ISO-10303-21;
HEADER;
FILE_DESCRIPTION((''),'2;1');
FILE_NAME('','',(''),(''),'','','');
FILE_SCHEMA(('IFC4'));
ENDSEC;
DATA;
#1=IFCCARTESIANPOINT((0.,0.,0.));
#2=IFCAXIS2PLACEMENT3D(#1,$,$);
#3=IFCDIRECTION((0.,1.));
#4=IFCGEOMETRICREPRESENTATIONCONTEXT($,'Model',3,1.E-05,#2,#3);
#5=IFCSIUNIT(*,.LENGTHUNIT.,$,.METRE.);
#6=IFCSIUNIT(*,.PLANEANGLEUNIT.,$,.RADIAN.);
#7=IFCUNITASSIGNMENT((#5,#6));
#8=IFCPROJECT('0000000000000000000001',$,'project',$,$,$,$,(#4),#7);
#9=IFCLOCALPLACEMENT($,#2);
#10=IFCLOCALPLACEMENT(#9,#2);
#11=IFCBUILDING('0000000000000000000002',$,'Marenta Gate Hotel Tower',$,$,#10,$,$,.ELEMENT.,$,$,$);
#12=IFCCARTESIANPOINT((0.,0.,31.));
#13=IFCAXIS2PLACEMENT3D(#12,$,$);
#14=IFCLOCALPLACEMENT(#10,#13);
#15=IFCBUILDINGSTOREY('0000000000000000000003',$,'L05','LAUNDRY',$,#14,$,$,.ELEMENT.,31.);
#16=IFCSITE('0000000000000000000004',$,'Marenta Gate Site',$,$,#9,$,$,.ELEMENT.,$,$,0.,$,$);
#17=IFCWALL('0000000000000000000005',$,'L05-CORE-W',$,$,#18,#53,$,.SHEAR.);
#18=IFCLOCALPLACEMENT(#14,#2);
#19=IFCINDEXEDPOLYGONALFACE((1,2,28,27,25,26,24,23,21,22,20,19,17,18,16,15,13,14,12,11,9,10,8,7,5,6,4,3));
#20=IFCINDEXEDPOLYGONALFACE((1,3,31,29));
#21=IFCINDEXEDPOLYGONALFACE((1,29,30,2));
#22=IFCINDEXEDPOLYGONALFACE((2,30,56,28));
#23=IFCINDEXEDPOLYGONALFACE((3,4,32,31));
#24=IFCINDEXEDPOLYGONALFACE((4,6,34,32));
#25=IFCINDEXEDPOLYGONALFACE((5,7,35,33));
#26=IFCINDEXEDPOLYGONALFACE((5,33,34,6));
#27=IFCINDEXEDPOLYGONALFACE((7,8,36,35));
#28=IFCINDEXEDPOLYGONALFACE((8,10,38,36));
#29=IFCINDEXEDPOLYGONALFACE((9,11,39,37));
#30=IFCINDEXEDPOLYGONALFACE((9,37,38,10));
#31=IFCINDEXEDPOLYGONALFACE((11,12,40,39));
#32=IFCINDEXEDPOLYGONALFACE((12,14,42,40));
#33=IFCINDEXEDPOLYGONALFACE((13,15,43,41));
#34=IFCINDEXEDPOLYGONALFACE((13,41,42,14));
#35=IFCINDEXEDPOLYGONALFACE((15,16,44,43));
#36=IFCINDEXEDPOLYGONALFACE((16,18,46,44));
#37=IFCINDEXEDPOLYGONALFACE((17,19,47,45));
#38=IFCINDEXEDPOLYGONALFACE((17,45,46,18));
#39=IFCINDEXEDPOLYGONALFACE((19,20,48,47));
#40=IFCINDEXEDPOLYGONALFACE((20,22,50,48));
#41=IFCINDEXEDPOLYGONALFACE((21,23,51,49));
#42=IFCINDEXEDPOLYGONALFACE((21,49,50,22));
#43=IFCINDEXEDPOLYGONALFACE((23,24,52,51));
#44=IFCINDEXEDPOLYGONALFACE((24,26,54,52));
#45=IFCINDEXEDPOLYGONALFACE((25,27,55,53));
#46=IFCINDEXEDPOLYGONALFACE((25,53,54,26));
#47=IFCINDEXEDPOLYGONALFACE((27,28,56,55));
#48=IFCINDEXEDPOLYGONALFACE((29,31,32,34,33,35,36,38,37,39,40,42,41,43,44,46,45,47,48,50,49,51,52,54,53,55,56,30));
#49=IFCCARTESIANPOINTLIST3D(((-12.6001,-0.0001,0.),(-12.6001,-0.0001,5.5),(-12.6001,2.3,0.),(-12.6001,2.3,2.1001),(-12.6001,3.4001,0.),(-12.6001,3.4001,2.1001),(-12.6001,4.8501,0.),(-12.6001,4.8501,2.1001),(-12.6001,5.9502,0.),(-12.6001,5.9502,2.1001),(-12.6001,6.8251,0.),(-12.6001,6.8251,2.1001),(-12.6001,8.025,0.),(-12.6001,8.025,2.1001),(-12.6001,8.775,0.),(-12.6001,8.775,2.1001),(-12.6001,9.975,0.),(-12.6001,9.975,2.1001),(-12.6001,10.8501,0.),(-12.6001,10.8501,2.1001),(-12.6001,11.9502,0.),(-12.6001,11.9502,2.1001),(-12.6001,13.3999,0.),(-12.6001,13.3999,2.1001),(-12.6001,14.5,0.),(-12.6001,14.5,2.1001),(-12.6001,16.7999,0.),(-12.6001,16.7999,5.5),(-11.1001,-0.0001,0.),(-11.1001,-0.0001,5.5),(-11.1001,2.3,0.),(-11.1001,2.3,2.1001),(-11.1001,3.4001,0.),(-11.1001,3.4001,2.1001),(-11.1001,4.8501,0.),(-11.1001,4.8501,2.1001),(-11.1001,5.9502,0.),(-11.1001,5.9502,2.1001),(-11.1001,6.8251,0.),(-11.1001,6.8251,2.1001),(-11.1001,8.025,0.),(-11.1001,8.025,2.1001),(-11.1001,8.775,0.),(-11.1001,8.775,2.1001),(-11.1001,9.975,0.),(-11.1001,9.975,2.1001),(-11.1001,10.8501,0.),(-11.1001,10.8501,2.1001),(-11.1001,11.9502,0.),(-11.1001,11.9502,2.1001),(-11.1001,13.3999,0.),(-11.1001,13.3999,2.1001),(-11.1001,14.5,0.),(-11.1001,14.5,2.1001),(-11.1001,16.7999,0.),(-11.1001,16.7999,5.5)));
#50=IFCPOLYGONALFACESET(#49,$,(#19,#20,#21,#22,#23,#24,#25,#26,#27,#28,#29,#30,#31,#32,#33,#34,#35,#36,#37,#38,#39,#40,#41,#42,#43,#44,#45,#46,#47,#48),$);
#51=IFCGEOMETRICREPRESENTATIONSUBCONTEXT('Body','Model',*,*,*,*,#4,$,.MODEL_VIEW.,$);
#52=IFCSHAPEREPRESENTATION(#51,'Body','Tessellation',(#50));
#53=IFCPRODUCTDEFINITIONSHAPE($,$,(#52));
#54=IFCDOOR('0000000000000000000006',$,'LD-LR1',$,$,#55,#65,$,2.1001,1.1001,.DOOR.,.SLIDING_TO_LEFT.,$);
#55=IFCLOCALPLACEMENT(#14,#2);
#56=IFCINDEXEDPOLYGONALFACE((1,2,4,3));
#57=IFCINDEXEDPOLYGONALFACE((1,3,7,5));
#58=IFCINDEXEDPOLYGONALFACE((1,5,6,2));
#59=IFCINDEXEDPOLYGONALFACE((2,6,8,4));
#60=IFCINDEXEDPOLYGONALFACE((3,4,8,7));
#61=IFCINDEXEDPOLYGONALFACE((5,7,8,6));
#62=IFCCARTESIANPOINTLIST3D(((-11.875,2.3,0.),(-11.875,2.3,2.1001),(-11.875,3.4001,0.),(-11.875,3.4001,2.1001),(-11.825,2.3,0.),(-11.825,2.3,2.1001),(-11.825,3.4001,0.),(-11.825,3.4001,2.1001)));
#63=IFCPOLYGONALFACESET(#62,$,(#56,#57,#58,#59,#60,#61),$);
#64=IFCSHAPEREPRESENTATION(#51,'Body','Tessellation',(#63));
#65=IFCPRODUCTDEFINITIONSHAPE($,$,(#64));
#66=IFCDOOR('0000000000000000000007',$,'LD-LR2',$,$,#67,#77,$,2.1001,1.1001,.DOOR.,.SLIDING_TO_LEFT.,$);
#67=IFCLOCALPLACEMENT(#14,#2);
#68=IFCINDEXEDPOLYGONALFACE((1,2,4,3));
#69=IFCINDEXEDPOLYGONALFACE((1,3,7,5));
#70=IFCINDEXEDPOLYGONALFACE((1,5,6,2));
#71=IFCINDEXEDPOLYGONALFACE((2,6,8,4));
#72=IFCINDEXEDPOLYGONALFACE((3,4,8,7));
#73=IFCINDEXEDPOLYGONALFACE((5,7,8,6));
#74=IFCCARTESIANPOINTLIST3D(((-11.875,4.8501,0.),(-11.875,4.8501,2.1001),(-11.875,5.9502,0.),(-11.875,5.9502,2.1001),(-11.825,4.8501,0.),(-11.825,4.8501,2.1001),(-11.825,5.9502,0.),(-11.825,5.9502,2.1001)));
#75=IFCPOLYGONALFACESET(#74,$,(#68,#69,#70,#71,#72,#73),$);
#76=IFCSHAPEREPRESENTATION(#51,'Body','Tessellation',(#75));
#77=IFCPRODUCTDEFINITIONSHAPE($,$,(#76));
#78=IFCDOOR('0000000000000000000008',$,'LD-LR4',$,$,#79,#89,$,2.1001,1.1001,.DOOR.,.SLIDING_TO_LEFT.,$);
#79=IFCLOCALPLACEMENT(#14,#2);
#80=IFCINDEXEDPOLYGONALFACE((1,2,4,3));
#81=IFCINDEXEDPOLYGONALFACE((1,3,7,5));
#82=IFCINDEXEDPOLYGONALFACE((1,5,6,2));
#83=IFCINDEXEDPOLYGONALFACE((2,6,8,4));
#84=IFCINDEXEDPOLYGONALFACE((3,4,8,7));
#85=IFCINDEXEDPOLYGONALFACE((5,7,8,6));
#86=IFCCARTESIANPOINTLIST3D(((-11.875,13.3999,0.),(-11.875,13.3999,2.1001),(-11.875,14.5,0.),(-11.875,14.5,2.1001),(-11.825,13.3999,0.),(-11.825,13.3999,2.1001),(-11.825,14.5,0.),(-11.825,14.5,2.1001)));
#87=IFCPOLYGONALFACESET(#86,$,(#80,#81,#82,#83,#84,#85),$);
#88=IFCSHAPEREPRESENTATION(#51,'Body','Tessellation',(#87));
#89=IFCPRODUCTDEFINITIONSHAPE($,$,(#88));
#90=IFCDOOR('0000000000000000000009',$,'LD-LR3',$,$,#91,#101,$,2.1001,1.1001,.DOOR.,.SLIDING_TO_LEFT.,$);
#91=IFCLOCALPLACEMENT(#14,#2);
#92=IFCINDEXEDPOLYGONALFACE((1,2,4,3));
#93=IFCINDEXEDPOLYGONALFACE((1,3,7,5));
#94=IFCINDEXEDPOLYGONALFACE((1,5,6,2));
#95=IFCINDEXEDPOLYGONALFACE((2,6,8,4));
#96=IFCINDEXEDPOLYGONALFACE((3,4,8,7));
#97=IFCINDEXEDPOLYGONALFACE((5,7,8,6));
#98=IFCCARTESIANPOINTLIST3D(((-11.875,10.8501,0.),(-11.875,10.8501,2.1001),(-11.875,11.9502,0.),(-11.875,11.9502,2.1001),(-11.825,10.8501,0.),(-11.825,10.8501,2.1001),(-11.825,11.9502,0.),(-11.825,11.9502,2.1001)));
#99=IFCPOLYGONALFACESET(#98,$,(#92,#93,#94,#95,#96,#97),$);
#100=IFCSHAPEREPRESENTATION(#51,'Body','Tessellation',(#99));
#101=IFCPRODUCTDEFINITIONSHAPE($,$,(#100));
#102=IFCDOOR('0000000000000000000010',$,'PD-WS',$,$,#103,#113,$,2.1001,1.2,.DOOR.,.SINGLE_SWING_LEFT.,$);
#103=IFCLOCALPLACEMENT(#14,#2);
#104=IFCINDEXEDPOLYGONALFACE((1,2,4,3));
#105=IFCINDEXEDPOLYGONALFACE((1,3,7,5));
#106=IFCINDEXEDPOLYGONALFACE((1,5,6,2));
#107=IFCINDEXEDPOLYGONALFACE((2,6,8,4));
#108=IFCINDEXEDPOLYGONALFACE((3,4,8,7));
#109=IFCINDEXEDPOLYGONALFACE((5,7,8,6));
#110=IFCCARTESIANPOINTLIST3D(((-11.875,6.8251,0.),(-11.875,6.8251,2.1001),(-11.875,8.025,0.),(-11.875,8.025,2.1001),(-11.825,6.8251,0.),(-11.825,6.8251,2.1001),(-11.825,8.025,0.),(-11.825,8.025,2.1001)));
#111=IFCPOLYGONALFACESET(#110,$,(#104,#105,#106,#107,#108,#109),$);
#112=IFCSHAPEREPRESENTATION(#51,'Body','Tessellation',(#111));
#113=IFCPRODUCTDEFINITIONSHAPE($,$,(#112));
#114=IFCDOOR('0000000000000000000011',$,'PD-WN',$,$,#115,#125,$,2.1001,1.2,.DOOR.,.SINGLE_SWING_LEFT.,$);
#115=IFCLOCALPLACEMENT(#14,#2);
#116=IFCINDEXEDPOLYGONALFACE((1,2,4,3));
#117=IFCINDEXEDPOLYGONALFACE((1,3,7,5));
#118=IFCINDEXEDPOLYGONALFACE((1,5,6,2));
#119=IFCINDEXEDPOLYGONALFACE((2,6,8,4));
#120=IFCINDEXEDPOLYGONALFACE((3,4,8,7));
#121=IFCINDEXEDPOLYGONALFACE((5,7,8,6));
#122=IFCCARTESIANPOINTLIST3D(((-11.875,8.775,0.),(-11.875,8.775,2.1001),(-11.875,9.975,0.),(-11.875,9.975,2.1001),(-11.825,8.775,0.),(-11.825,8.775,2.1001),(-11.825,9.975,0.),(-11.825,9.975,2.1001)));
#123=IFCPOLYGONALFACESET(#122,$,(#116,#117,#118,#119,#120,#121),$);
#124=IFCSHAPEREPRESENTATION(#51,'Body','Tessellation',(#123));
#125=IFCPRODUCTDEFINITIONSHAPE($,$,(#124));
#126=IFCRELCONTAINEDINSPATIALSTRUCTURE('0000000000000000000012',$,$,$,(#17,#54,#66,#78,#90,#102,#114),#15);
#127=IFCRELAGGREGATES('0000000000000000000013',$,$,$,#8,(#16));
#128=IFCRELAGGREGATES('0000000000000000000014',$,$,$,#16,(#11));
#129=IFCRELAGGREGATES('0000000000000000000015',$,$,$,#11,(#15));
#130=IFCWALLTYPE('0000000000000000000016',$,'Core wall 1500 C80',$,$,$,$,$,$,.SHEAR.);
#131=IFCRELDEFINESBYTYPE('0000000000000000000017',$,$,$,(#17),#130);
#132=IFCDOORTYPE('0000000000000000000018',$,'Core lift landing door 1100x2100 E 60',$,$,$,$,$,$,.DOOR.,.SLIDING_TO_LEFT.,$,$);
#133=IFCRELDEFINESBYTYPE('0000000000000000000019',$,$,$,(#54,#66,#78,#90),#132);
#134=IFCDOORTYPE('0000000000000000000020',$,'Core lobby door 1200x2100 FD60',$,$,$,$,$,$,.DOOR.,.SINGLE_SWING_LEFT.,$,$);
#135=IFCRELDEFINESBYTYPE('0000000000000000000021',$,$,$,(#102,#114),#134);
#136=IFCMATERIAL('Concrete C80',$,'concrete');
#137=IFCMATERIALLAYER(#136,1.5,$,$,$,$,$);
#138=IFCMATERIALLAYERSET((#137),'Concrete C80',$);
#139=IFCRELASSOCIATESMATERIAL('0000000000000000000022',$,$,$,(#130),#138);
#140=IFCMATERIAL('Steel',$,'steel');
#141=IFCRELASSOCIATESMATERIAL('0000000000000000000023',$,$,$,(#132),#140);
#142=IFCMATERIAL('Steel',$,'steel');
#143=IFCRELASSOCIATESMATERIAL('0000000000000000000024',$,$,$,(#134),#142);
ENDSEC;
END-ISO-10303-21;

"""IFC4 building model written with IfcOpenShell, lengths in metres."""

from ifc_helpers import new_model, si_unit, direction, frame, frame_2d, origin, place, context, subcontext, project, spatial, rectangle, extrude, material, layer, layer_set, type_object, element, fill, save


model = new_model("IFC4")

# Units and contexts
model_context = context("Model", 3, precision=1e-05, world=origin(), true_north=direction((0.0, 1.0)))
body_context = subcontext(model_context, "Body", "Model", "MODEL_VIEW")
ifc_project = project(units=[si_unit("LENGTHUNIT", "METRE"), si_unit("PLANEANGLEUNIT", "RADIAN")], contexts=[model_context])

# Site, building, storey
site_placement = place(None, origin())
site = spatial("IfcSite", under=ifc_project, at=site_placement, Name="Marenta Gate Site", CompositionType="ELEMENT", RefElevation=0.0)
building_placement = place(site_placement, origin())
building = spatial("IfcBuilding", under=site, at=building_placement, Name="Marenta Gate Hotel Tower", CompositionType="ELEMENT")
storey_placement = place(building_placement, frame((0.0, 0.0, 31.0)))
storey = spatial("IfcBuildingStorey", under=building, at=storey_placement, Name="L05", Description="LAUNDRY", CompositionType="ELEMENT", Elevation=31.0)

# Wall, openings, doors
ifc_material_1 = material(Name="Concrete C80", Category="concrete")
ifc_layer_1 = layer(ifc_material_1, 1.5)
ifc_layer_set_1 = layer_set([ifc_layer_1], Name="Concrete C80")
wall_type_1 = type_object("IfcWallType", Name="Core wall 1500 C80", PredefinedType="SHEAR", material=ifc_layer_set_1)
wall_1_placement = place(storey_placement, frame((-11.8501, 0.0, 0.0), z_axis=(0.0, 0.0, 1.0), x_axis=(0.0, 1.0, 0.0)))
wall_1 = element("IfcWall", 1, at=wall_1_placement, inside=storey, type_object=wall_type_1, Name="L05-CORE-W", PredefinedType="SHEAR", context=body_context, shape_type="SweptSolid", body=[
    extrude(rectangle(XDim=16.8, YDim=1.5, at=frame_2d((8.3999, 0.0))), origin(), (0.0, 0.0, 1.0), 5.5),
])
opening_1_placement = place(wall_1_placement, frame((2.3, 0.0, 0.0)))
opening_1 = element("IfcOpeningElement", 2, at=opening_1_placement, cuts=wall_1, PredefinedType="OPENING", context=body_context, shape_type="SweptSolid", body=[
    extrude(rectangle(XDim=1.1001, YDim=2.1001, at=frame_2d((0.55, 1.05))), frame((0.0, 0.75, 0.0), z_axis=(0.0, -1.0, 0.0), x_axis=(1.0, 0.0, 0.0)), (0.0, 0.0, 1.0), 1.5),
])
opening_2_placement = place(wall_1_placement, frame((4.8501, 0.0, 0.0)))
opening_2 = element("IfcOpeningElement", 3, at=opening_2_placement, cuts=wall_1, PredefinedType="OPENING", context=body_context, shape_type="SweptSolid", body=[
    extrude(rectangle(XDim=1.1001, YDim=2.1001, at=frame_2d((0.55, 1.05))), frame((0.0, 0.75, 0.0), z_axis=(0.0, -1.0, 0.0), x_axis=(1.0, 0.0, 0.0)), (0.0, 0.0, 1.0), 1.5),
])
opening_3_placement = place(wall_1_placement, frame((6.825, 0.0, 0.0)))
opening_3 = element("IfcOpeningElement", 4, at=opening_3_placement, cuts=wall_1, PredefinedType="OPENING", context=body_context, shape_type="SweptSolid", body=[
    extrude(rectangle(XDim=1.2, YDim=2.1001, at=frame_2d((0.6001, 1.05))), frame((0.0, 0.75, 0.0), z_axis=(0.0, -1.0, 0.0), x_axis=(1.0, 0.0, 0.0)), (0.0, 0.0, 1.0), 1.5),
])
opening_4_placement = place(wall_1_placement, frame((13.3999, 0.0, 0.0)))
opening_4 = element("IfcOpeningElement", 5, at=opening_4_placement, cuts=wall_1, PredefinedType="OPENING", context=body_context, shape_type="SweptSolid", body=[
    extrude(rectangle(XDim=1.1001, YDim=2.1001, at=frame_2d((0.55, 1.05))), frame((0.0, 0.75, 0.0), z_axis=(0.0, -1.0, 0.0), x_axis=(1.0, 0.0, 0.0)), (0.0, 0.0, 1.0), 1.5),
])
opening_5_placement = place(wall_1_placement, frame((10.8501, 0.0, 0.0)))
opening_5 = element("IfcOpeningElement", 6, at=opening_5_placement, cuts=wall_1, PredefinedType="OPENING", context=body_context, shape_type="SweptSolid", body=[
    extrude(rectangle(XDim=1.1001, YDim=2.1001, at=frame_2d((0.55, 1.05))), frame((0.0, 0.75, 0.0), z_axis=(0.0, -1.0, 0.0), x_axis=(1.0, 0.0, 0.0)), (0.0, 0.0, 1.0), 1.5),
])
opening_6_placement = place(wall_1_placement, frame((8.7749, 0.0, 0.0)))
opening_6 = element("IfcOpeningElement", 7, at=opening_6_placement, cuts=wall_1, PredefinedType="OPENING", context=body_context, shape_type="SweptSolid", body=[
    extrude(rectangle(XDim=1.2, YDim=2.1001, at=frame_2d((0.6001, 1.05))), frame((0.0, 0.75, 0.0), z_axis=(0.0, -1.0, 0.0), x_axis=(1.0, 0.0, 0.0)), (0.0, 0.0, 1.0), 1.5),
])
ifc_material_2 = material(Name="Steel", Category="steel")
door_type_1 = type_object("IfcDoorType", Name="Core lift landing door 1100x2100 E 60", OperationType="SLIDING_TO_LEFT", PredefinedType="DOOR", material=ifc_material_2)
door_1_placement = place(opening_1_placement, origin())
door_1 = element("IfcDoor", 8, at=door_1_placement, inside=storey, type_object=door_type_1, Name="LD-LR1", OperationType="SLIDING_TO_LEFT", OverallHeight=2.1001, OverallWidth=1.1001, PredefinedType="DOOR", context=body_context, shape_type="SweptSolid", body=[
    extrude(rectangle(XDim=1.1001, YDim=2.1001, at=frame_2d((0.55, 1.05))), frame((0.0, 0.0249, 0.0), z_axis=(0.0, -1.0, 0.0), x_axis=(1.0, 0.0, 0.0)), (0.0, 0.0, 1.0), 0.05),
])
fill(opening_1, door_1)
door_2_placement = place(opening_2_placement, origin())
door_2 = element("IfcDoor", 9, at=door_2_placement, inside=storey, type_object=door_type_1, Name="LD-LR2", OperationType="SLIDING_TO_LEFT", OverallHeight=2.1001, OverallWidth=1.1001, PredefinedType="DOOR", context=body_context, shape_type="SweptSolid", body=[
    extrude(rectangle(XDim=1.1001, YDim=2.1001, at=frame_2d((0.55, 1.05))), frame((0.0, 0.0249, 0.0), z_axis=(0.0, -1.0, 0.0), x_axis=(1.0, 0.0, 0.0)), (0.0, 0.0, 1.0), 0.05),
])
fill(opening_2, door_2)
door_3_placement = place(opening_4_placement, origin())
door_3 = element("IfcDoor", 10, at=door_3_placement, inside=storey, type_object=door_type_1, Name="LD-LR4", OperationType="SLIDING_TO_LEFT", OverallHeight=2.1001, OverallWidth=1.1001, PredefinedType="DOOR", context=body_context, shape_type="SweptSolid", body=[
    extrude(rectangle(XDim=1.1001, YDim=2.1001, at=frame_2d((0.55, 1.05))), frame((0.0, 0.0249, 0.0), z_axis=(0.0, -1.0, 0.0), x_axis=(1.0, 0.0, 0.0)), (0.0, 0.0, 1.0), 0.05),
])
fill(opening_4, door_3)
door_4_placement = place(opening_5_placement, origin())
door_4 = element("IfcDoor", 11, at=door_4_placement, inside=storey, type_object=door_type_1, Name="LD-LR3", OperationType="SLIDING_TO_LEFT", OverallHeight=2.1001, OverallWidth=1.1001, PredefinedType="DOOR", context=body_context, shape_type="SweptSolid", body=[
    extrude(rectangle(XDim=1.1001, YDim=2.1001, at=frame_2d((0.55, 1.05))), frame((0.0, 0.0249, 0.0), z_axis=(0.0, -1.0, 0.0), x_axis=(1.0, 0.0, 0.0)), (0.0, 0.0, 1.0), 0.05),
])
fill(opening_5, door_4)
ifc_material_3 = material(Name="Steel", Category="steel")
door_type_2 = type_object("IfcDoorType", Name="Core lobby door 1200x2100 FD60", OperationType="SINGLE_SWING_LEFT", PredefinedType="DOOR", material=ifc_material_3)
door_5_placement = place(opening_3_placement, origin())
door_5 = element("IfcDoor", 12, at=door_5_placement, inside=storey, type_object=door_type_2, Name="PD-WS", OperationType="SINGLE_SWING_LEFT", OverallHeight=2.1001, OverallWidth=1.2, PredefinedType="DOOR", context=body_context, shape_type="SweptSolid", body=[
    extrude(rectangle(XDim=1.2, YDim=2.1001, at=frame_2d((0.6001, 1.05))), frame((0.0, 0.0249, 0.0), z_axis=(0.0, -1.0, 0.0), x_axis=(1.0, 0.0, 0.0)), (0.0, 0.0, 1.0), 0.05),
])
fill(opening_3, door_5)
door_6_placement = place(opening_6_placement, origin())
door_6 = element("IfcDoor", 13, at=door_6_placement, inside=storey, type_object=door_type_2, Name="PD-WN", OperationType="SINGLE_SWING_LEFT", OverallHeight=2.1001, OverallWidth=1.2, PredefinedType="DOOR", context=body_context, shape_type="SweptSolid", body=[
    extrude(rectangle(XDim=1.2, YDim=2.1001, at=frame_2d((0.6001, 1.05))), frame((0.0, 0.0249, 0.0), z_axis=(0.0, -1.0, 0.0), x_axis=(1.0, 0.0, 0.0)), (0.0, 0.0, 1.0), 0.05),
])
fill(opening_6, door_6)

save(model, "model.ifc")
